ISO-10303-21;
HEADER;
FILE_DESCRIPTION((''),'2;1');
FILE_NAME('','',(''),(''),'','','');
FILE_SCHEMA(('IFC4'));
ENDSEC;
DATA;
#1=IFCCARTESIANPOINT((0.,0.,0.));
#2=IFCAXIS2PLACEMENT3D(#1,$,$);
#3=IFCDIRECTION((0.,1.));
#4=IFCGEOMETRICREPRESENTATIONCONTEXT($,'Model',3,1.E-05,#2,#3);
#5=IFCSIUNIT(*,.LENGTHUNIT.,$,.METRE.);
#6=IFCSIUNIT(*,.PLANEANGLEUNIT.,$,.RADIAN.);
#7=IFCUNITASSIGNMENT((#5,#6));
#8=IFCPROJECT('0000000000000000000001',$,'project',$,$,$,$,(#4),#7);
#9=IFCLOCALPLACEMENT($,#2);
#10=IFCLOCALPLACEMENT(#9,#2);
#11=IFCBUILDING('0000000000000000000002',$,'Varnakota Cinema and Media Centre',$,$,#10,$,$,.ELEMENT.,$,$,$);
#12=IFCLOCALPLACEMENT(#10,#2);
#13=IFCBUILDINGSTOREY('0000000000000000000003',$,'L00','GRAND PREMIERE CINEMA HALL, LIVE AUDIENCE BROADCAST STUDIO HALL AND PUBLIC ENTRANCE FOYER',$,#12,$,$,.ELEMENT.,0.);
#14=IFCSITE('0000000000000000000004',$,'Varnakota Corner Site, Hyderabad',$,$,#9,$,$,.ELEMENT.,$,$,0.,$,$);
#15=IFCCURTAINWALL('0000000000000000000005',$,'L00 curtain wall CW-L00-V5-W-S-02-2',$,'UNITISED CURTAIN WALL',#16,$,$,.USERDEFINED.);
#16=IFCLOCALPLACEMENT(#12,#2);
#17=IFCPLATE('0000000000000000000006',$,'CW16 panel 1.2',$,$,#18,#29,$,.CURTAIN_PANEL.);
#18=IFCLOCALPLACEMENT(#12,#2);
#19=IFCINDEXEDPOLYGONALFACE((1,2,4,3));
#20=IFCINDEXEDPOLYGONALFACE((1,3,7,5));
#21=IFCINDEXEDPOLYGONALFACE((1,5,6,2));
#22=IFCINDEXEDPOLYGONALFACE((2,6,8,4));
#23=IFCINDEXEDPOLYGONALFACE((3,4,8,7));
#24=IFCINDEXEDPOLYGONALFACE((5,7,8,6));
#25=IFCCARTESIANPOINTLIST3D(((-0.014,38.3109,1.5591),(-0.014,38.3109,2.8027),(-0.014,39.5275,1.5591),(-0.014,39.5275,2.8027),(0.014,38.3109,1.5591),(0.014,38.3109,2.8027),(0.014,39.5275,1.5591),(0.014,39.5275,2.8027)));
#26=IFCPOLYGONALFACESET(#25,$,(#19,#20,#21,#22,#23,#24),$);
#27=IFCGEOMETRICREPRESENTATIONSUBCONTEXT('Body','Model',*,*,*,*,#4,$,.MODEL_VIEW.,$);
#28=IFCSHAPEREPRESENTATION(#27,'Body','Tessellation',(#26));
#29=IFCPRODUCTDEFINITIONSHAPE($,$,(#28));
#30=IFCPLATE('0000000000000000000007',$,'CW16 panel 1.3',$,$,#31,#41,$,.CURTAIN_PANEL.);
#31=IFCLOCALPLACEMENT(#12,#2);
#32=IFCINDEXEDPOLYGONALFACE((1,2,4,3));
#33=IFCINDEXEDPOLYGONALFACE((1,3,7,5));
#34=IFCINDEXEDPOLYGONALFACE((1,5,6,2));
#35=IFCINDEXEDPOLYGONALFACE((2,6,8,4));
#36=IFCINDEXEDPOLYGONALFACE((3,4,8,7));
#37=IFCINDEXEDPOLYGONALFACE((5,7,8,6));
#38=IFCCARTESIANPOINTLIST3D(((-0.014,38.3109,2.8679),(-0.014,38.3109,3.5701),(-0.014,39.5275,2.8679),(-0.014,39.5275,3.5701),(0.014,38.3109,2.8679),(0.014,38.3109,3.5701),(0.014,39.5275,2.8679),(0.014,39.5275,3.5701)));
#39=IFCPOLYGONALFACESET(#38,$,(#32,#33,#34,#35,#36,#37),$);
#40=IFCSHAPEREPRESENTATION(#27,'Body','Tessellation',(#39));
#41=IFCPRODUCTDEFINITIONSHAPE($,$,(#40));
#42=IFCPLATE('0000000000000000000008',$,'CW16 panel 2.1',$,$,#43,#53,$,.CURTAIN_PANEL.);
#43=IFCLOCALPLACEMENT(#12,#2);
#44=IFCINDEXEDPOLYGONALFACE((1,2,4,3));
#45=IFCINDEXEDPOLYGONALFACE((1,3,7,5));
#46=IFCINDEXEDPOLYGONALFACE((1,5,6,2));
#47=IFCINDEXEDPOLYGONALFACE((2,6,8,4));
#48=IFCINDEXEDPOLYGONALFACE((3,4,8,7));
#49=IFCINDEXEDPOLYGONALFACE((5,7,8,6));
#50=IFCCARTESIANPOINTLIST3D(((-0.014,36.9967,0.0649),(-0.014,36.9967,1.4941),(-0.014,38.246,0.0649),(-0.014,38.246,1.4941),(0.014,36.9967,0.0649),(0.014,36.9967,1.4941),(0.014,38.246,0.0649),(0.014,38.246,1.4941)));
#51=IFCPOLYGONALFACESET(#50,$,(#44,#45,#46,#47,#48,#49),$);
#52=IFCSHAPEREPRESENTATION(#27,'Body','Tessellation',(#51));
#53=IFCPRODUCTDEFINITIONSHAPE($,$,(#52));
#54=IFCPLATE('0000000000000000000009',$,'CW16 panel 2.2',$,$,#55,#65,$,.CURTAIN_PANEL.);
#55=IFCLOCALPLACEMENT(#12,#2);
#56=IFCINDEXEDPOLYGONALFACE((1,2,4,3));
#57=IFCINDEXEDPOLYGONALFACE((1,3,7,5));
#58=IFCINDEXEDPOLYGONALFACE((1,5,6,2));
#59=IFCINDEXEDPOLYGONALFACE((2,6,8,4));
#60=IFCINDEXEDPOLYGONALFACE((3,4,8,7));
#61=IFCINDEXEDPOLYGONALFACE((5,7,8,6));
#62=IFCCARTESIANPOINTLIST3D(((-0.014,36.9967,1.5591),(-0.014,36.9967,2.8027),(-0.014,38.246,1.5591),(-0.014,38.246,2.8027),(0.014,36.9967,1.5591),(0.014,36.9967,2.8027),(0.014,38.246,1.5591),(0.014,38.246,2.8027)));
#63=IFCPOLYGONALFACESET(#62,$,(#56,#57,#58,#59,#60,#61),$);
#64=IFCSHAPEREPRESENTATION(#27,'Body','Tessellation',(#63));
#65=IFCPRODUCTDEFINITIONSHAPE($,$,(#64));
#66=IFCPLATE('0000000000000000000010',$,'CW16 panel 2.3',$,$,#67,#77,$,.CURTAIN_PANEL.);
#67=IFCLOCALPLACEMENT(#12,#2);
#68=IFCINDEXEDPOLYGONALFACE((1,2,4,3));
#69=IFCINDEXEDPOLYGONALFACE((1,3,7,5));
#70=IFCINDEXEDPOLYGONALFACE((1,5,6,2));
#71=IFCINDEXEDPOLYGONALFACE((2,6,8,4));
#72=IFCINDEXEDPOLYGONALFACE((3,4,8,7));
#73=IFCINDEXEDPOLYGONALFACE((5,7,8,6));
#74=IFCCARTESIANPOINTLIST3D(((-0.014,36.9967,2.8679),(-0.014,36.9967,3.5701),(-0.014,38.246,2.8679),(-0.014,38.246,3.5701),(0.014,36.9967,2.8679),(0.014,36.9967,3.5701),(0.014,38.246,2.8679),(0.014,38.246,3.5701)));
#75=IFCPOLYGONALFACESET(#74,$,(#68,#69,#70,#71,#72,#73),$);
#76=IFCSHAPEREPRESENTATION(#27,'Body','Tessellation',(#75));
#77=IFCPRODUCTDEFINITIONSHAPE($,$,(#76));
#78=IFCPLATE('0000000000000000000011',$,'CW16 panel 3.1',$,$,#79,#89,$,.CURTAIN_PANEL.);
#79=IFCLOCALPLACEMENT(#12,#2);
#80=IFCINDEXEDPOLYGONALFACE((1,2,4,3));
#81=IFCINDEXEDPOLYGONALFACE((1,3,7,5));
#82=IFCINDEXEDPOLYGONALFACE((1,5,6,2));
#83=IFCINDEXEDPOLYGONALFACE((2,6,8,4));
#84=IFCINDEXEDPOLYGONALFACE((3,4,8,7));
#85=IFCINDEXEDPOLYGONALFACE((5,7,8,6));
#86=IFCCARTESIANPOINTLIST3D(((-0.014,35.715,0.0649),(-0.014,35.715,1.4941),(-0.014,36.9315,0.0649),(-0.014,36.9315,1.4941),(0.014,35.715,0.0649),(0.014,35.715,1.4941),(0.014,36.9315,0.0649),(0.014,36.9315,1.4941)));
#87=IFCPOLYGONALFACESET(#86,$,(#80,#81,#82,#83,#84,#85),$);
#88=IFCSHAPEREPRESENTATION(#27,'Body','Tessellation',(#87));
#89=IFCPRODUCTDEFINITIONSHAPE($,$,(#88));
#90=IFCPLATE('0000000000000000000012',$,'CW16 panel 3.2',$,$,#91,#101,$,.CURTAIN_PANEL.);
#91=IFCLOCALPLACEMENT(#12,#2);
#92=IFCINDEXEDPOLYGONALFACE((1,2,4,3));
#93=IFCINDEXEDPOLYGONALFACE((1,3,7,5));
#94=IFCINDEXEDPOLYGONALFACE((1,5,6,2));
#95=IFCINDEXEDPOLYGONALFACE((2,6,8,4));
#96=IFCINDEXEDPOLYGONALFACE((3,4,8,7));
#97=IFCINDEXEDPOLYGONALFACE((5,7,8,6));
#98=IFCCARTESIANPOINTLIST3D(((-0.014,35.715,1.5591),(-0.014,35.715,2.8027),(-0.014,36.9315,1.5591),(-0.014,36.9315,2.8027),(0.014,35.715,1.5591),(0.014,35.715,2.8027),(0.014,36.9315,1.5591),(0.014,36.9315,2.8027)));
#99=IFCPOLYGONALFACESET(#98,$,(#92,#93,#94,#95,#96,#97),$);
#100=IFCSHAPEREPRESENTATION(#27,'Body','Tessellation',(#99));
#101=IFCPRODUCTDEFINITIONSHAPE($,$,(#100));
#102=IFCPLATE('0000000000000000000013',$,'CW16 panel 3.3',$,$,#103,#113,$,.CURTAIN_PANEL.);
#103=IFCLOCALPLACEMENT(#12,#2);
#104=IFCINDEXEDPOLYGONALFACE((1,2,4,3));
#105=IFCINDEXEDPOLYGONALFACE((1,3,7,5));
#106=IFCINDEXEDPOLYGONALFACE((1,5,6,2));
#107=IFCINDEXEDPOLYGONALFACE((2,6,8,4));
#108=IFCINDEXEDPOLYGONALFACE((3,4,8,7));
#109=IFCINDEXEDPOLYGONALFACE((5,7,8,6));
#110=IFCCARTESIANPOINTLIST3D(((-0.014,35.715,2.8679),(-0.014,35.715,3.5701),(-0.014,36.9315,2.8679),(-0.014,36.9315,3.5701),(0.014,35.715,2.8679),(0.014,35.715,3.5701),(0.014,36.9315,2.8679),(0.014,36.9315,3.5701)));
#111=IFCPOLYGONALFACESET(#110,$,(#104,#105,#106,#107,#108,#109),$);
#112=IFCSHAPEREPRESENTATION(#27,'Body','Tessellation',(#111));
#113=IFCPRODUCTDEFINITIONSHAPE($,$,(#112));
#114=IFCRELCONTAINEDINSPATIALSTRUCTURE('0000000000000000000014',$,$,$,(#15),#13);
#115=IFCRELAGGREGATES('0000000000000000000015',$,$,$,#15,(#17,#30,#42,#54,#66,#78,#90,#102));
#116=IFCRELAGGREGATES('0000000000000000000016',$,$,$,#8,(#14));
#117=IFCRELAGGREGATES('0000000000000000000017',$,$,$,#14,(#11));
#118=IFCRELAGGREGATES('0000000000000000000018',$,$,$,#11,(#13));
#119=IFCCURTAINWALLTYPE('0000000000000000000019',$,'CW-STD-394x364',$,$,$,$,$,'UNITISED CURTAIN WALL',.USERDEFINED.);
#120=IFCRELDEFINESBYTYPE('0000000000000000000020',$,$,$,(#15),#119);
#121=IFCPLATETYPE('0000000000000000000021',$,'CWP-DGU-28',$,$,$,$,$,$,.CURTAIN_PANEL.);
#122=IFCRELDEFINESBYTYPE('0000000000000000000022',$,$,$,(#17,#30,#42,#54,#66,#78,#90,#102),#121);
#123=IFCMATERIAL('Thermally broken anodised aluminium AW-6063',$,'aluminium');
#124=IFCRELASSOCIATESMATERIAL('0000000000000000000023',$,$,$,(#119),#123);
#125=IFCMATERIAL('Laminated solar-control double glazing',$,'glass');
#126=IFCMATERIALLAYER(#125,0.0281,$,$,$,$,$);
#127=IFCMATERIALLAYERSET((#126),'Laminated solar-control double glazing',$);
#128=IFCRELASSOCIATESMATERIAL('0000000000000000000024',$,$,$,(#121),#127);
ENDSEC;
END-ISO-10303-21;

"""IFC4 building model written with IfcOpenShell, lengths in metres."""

from ifc_helpers import new_model, si_unit, direction, frame, origin, origin_2d, place, context, subcontext, project, spatial, rectangle, extrude, material, layer, layer_set, type_object, element, aggregate, save


model = new_model("IFC4")

# Units and contexts
model_context = context("Model", 3, precision=1e-05, world=origin(), true_north=direction((0.0, 1.0)))
body_context = subcontext(model_context, "Body", "Model", "MODEL_VIEW")
ifc_project = project(units=[si_unit("LENGTHUNIT", "METRE"), si_unit("PLANEANGLEUNIT", "RADIAN")], contexts=[model_context])

# Site, building, storey
site_placement = place(None, origin())
site = spatial("IfcSite", under=ifc_project, at=site_placement, Name="Varnakota Corner Site, Hyderabad", CompositionType="ELEMENT", RefElevation=0.0)
building_placement = place(site_placement, origin())
building = spatial("IfcBuilding", under=site, at=building_placement, Name="Varnakota Cinema and Media Centre", CompositionType="ELEMENT")
storey_placement = place(building_placement, origin())
storey = spatial("IfcBuildingStorey", under=building, at=storey_placement, Name="L00", Description="GRAND PREMIERE CINEMA HALL, LIVE AUDIENCE BROADCAST STUDIO HALL AND PUBLIC ENTRANCE FOYER", CompositionType="ELEMENT", Elevation=0.0)

# Shared definitions
ifc_material_1 = material(Name="Thermally broken anodised aluminium AW-6063", Category="aluminium")
curtain_wall_type = type_object("IfcCurtainWallType", Name="CW-STD-394x364", ElementType="UNITISED CURTAIN WALL", PredefinedType="USERDEFINED", material=ifc_material_1)

# Curtain wall
curtain_wall_1_placement = place(storey_placement, origin())
curtain_wall_1 = element("IfcCurtainWall", 1, at=curtain_wall_1_placement, inside=storey, type_object=curtain_wall_type, Name="L00 curtain wall CW-L00-V5-W-S-02-2", ObjectType="UNITISED CURTAIN WALL", PredefinedType="USERDEFINED")

# Plates
ifc_material_2 = material(Name="Laminated solar-control double glazing", Category="glass")
ifc_layer = layer(ifc_material_2, 0.0281)
ifc_layer_set = layer_set([ifc_layer], Name="Laminated solar-control double glazing")
plate_type = type_object("IfcPlateType", Name="CWP-DGU-28", PredefinedType="CURTAIN_PANEL", material=ifc_layer_set)
plate_1_placement = place(storey_placement, frame((0.0, 38.9192, 1.5591), z_axis=(0.0, 0.0, 1.0), x_axis=(0.0, -1.0, 0.0)))
plate_1 = element("IfcPlate", 2, at=plate_1_placement, type_object=plate_type, Name="CW16 panel 1.2", PredefinedType="CURTAIN_PANEL", context=body_context, shape_type="SweptSolid", body=[
    extrude(rectangle(XDim=1.2166, YDim=0.0281, at=origin_2d()), origin(), (0.0, 0.0, 1.0), 1.2437),
])
plate_2_placement = place(storey_placement, frame((0.0, 38.9192, 2.8679), z_axis=(0.0, 0.0, 1.0), x_axis=(0.0, -1.0, 0.0)))
plate_2 = element("IfcPlate", 3, at=plate_2_placement, type_object=plate_type, Name="CW16 panel 1.3", PredefinedType="CURTAIN_PANEL", context=body_context, shape_type="SweptSolid", body=[
    extrude(rectangle(XDim=1.2166, YDim=0.0281, at=origin_2d()), origin(), (0.0, 0.0, 1.0), 0.7021),
])
plate_3_placement = place(storey_placement, frame((0.0, 37.6213, 0.0649), z_axis=(0.0, 0.0, 1.0), x_axis=(0.0, -1.0, 0.0)))
plate_3 = element("IfcPlate", 4, at=plate_3_placement, type_object=plate_type, Name="CW16 panel 2.1", PredefinedType="CURTAIN_PANEL", context=body_context, shape_type="SweptSolid", body=[
    extrude(rectangle(XDim=1.2493, YDim=0.0281, at=origin_2d()), origin(), (0.0, 0.0, 1.0), 1.4292),
])
plate_4_placement = place(storey_placement, frame((0.0, 37.6213, 1.5591), z_axis=(0.0, 0.0, 1.0), x_axis=(0.0, -1.0, 0.0)))
plate_4 = element("IfcPlate", 5, at=plate_4_placement, type_object=plate_type, Name="CW16 panel 2.2", PredefinedType="CURTAIN_PANEL", context=body_context, shape_type="SweptSolid", body=[
    extrude(rectangle(XDim=1.2493, YDim=0.0281, at=origin_2d()), origin(), (0.0, 0.0, 1.0), 1.2437),
])
plate_5_placement = place(storey_placement, frame((0.0, 37.6213, 2.8679), z_axis=(0.0, 0.0, 1.0), x_axis=(0.0, -1.0, 0.0)))
plate_5 = element("IfcPlate", 6, at=plate_5_placement, type_object=plate_type, Name="CW16 panel 2.3", PredefinedType="CURTAIN_PANEL", context=body_context, shape_type="SweptSolid", body=[
    extrude(rectangle(XDim=1.2493, YDim=0.0281, at=origin_2d()), origin(), (0.0, 0.0, 1.0), 0.7021),
])
plate_6_placement = place(storey_placement, frame((0.0, 36.3232, 0.0649), z_axis=(0.0, 0.0, 1.0), x_axis=(0.0, -1.0, 0.0)))
plate_6 = element("IfcPlate", 7, at=plate_6_placement, type_object=plate_type, Name="CW16 panel 3.1", PredefinedType="CURTAIN_PANEL", context=body_context, shape_type="SweptSolid", body=[
    extrude(rectangle(XDim=1.2166, YDim=0.0281, at=origin_2d()), origin(), (0.0, 0.0, 1.0), 1.4292),
])
plate_7_placement = place(storey_placement, frame((0.0, 36.3232, 1.5591), z_axis=(0.0, 0.0, 1.0), x_axis=(0.0, -1.0, 0.0)))
plate_7 = element("IfcPlate", 8, at=plate_7_placement, type_object=plate_type, Name="CW16 panel 3.2", PredefinedType="CURTAIN_PANEL", context=body_context, shape_type="SweptSolid", body=[
    extrude(rectangle(XDim=1.2166, YDim=0.0281, at=origin_2d()), origin(), (0.0, 0.0, 1.0), 1.2437),
])
plate_8_placement = place(storey_placement, frame((0.0, 36.3232, 2.8679), z_axis=(0.0, 0.0, 1.0), x_axis=(0.0, -1.0, 0.0)))
plate_8 = element("IfcPlate", 9, at=plate_8_placement, type_object=plate_type, Name="CW16 panel 3.3", PredefinedType="CURTAIN_PANEL", context=body_context, shape_type="SweptSolid", body=[
    extrude(rectangle(XDim=1.2166, YDim=0.0281, at=origin_2d()), origin(), (0.0, 0.0, 1.0), 0.7021),
])
aggregate(curtain_wall_1, [plate_1, plate_2, plate_3, plate_4, plate_5, plate_6, plate_7, plate_8])

save(model, "model.ifc")
